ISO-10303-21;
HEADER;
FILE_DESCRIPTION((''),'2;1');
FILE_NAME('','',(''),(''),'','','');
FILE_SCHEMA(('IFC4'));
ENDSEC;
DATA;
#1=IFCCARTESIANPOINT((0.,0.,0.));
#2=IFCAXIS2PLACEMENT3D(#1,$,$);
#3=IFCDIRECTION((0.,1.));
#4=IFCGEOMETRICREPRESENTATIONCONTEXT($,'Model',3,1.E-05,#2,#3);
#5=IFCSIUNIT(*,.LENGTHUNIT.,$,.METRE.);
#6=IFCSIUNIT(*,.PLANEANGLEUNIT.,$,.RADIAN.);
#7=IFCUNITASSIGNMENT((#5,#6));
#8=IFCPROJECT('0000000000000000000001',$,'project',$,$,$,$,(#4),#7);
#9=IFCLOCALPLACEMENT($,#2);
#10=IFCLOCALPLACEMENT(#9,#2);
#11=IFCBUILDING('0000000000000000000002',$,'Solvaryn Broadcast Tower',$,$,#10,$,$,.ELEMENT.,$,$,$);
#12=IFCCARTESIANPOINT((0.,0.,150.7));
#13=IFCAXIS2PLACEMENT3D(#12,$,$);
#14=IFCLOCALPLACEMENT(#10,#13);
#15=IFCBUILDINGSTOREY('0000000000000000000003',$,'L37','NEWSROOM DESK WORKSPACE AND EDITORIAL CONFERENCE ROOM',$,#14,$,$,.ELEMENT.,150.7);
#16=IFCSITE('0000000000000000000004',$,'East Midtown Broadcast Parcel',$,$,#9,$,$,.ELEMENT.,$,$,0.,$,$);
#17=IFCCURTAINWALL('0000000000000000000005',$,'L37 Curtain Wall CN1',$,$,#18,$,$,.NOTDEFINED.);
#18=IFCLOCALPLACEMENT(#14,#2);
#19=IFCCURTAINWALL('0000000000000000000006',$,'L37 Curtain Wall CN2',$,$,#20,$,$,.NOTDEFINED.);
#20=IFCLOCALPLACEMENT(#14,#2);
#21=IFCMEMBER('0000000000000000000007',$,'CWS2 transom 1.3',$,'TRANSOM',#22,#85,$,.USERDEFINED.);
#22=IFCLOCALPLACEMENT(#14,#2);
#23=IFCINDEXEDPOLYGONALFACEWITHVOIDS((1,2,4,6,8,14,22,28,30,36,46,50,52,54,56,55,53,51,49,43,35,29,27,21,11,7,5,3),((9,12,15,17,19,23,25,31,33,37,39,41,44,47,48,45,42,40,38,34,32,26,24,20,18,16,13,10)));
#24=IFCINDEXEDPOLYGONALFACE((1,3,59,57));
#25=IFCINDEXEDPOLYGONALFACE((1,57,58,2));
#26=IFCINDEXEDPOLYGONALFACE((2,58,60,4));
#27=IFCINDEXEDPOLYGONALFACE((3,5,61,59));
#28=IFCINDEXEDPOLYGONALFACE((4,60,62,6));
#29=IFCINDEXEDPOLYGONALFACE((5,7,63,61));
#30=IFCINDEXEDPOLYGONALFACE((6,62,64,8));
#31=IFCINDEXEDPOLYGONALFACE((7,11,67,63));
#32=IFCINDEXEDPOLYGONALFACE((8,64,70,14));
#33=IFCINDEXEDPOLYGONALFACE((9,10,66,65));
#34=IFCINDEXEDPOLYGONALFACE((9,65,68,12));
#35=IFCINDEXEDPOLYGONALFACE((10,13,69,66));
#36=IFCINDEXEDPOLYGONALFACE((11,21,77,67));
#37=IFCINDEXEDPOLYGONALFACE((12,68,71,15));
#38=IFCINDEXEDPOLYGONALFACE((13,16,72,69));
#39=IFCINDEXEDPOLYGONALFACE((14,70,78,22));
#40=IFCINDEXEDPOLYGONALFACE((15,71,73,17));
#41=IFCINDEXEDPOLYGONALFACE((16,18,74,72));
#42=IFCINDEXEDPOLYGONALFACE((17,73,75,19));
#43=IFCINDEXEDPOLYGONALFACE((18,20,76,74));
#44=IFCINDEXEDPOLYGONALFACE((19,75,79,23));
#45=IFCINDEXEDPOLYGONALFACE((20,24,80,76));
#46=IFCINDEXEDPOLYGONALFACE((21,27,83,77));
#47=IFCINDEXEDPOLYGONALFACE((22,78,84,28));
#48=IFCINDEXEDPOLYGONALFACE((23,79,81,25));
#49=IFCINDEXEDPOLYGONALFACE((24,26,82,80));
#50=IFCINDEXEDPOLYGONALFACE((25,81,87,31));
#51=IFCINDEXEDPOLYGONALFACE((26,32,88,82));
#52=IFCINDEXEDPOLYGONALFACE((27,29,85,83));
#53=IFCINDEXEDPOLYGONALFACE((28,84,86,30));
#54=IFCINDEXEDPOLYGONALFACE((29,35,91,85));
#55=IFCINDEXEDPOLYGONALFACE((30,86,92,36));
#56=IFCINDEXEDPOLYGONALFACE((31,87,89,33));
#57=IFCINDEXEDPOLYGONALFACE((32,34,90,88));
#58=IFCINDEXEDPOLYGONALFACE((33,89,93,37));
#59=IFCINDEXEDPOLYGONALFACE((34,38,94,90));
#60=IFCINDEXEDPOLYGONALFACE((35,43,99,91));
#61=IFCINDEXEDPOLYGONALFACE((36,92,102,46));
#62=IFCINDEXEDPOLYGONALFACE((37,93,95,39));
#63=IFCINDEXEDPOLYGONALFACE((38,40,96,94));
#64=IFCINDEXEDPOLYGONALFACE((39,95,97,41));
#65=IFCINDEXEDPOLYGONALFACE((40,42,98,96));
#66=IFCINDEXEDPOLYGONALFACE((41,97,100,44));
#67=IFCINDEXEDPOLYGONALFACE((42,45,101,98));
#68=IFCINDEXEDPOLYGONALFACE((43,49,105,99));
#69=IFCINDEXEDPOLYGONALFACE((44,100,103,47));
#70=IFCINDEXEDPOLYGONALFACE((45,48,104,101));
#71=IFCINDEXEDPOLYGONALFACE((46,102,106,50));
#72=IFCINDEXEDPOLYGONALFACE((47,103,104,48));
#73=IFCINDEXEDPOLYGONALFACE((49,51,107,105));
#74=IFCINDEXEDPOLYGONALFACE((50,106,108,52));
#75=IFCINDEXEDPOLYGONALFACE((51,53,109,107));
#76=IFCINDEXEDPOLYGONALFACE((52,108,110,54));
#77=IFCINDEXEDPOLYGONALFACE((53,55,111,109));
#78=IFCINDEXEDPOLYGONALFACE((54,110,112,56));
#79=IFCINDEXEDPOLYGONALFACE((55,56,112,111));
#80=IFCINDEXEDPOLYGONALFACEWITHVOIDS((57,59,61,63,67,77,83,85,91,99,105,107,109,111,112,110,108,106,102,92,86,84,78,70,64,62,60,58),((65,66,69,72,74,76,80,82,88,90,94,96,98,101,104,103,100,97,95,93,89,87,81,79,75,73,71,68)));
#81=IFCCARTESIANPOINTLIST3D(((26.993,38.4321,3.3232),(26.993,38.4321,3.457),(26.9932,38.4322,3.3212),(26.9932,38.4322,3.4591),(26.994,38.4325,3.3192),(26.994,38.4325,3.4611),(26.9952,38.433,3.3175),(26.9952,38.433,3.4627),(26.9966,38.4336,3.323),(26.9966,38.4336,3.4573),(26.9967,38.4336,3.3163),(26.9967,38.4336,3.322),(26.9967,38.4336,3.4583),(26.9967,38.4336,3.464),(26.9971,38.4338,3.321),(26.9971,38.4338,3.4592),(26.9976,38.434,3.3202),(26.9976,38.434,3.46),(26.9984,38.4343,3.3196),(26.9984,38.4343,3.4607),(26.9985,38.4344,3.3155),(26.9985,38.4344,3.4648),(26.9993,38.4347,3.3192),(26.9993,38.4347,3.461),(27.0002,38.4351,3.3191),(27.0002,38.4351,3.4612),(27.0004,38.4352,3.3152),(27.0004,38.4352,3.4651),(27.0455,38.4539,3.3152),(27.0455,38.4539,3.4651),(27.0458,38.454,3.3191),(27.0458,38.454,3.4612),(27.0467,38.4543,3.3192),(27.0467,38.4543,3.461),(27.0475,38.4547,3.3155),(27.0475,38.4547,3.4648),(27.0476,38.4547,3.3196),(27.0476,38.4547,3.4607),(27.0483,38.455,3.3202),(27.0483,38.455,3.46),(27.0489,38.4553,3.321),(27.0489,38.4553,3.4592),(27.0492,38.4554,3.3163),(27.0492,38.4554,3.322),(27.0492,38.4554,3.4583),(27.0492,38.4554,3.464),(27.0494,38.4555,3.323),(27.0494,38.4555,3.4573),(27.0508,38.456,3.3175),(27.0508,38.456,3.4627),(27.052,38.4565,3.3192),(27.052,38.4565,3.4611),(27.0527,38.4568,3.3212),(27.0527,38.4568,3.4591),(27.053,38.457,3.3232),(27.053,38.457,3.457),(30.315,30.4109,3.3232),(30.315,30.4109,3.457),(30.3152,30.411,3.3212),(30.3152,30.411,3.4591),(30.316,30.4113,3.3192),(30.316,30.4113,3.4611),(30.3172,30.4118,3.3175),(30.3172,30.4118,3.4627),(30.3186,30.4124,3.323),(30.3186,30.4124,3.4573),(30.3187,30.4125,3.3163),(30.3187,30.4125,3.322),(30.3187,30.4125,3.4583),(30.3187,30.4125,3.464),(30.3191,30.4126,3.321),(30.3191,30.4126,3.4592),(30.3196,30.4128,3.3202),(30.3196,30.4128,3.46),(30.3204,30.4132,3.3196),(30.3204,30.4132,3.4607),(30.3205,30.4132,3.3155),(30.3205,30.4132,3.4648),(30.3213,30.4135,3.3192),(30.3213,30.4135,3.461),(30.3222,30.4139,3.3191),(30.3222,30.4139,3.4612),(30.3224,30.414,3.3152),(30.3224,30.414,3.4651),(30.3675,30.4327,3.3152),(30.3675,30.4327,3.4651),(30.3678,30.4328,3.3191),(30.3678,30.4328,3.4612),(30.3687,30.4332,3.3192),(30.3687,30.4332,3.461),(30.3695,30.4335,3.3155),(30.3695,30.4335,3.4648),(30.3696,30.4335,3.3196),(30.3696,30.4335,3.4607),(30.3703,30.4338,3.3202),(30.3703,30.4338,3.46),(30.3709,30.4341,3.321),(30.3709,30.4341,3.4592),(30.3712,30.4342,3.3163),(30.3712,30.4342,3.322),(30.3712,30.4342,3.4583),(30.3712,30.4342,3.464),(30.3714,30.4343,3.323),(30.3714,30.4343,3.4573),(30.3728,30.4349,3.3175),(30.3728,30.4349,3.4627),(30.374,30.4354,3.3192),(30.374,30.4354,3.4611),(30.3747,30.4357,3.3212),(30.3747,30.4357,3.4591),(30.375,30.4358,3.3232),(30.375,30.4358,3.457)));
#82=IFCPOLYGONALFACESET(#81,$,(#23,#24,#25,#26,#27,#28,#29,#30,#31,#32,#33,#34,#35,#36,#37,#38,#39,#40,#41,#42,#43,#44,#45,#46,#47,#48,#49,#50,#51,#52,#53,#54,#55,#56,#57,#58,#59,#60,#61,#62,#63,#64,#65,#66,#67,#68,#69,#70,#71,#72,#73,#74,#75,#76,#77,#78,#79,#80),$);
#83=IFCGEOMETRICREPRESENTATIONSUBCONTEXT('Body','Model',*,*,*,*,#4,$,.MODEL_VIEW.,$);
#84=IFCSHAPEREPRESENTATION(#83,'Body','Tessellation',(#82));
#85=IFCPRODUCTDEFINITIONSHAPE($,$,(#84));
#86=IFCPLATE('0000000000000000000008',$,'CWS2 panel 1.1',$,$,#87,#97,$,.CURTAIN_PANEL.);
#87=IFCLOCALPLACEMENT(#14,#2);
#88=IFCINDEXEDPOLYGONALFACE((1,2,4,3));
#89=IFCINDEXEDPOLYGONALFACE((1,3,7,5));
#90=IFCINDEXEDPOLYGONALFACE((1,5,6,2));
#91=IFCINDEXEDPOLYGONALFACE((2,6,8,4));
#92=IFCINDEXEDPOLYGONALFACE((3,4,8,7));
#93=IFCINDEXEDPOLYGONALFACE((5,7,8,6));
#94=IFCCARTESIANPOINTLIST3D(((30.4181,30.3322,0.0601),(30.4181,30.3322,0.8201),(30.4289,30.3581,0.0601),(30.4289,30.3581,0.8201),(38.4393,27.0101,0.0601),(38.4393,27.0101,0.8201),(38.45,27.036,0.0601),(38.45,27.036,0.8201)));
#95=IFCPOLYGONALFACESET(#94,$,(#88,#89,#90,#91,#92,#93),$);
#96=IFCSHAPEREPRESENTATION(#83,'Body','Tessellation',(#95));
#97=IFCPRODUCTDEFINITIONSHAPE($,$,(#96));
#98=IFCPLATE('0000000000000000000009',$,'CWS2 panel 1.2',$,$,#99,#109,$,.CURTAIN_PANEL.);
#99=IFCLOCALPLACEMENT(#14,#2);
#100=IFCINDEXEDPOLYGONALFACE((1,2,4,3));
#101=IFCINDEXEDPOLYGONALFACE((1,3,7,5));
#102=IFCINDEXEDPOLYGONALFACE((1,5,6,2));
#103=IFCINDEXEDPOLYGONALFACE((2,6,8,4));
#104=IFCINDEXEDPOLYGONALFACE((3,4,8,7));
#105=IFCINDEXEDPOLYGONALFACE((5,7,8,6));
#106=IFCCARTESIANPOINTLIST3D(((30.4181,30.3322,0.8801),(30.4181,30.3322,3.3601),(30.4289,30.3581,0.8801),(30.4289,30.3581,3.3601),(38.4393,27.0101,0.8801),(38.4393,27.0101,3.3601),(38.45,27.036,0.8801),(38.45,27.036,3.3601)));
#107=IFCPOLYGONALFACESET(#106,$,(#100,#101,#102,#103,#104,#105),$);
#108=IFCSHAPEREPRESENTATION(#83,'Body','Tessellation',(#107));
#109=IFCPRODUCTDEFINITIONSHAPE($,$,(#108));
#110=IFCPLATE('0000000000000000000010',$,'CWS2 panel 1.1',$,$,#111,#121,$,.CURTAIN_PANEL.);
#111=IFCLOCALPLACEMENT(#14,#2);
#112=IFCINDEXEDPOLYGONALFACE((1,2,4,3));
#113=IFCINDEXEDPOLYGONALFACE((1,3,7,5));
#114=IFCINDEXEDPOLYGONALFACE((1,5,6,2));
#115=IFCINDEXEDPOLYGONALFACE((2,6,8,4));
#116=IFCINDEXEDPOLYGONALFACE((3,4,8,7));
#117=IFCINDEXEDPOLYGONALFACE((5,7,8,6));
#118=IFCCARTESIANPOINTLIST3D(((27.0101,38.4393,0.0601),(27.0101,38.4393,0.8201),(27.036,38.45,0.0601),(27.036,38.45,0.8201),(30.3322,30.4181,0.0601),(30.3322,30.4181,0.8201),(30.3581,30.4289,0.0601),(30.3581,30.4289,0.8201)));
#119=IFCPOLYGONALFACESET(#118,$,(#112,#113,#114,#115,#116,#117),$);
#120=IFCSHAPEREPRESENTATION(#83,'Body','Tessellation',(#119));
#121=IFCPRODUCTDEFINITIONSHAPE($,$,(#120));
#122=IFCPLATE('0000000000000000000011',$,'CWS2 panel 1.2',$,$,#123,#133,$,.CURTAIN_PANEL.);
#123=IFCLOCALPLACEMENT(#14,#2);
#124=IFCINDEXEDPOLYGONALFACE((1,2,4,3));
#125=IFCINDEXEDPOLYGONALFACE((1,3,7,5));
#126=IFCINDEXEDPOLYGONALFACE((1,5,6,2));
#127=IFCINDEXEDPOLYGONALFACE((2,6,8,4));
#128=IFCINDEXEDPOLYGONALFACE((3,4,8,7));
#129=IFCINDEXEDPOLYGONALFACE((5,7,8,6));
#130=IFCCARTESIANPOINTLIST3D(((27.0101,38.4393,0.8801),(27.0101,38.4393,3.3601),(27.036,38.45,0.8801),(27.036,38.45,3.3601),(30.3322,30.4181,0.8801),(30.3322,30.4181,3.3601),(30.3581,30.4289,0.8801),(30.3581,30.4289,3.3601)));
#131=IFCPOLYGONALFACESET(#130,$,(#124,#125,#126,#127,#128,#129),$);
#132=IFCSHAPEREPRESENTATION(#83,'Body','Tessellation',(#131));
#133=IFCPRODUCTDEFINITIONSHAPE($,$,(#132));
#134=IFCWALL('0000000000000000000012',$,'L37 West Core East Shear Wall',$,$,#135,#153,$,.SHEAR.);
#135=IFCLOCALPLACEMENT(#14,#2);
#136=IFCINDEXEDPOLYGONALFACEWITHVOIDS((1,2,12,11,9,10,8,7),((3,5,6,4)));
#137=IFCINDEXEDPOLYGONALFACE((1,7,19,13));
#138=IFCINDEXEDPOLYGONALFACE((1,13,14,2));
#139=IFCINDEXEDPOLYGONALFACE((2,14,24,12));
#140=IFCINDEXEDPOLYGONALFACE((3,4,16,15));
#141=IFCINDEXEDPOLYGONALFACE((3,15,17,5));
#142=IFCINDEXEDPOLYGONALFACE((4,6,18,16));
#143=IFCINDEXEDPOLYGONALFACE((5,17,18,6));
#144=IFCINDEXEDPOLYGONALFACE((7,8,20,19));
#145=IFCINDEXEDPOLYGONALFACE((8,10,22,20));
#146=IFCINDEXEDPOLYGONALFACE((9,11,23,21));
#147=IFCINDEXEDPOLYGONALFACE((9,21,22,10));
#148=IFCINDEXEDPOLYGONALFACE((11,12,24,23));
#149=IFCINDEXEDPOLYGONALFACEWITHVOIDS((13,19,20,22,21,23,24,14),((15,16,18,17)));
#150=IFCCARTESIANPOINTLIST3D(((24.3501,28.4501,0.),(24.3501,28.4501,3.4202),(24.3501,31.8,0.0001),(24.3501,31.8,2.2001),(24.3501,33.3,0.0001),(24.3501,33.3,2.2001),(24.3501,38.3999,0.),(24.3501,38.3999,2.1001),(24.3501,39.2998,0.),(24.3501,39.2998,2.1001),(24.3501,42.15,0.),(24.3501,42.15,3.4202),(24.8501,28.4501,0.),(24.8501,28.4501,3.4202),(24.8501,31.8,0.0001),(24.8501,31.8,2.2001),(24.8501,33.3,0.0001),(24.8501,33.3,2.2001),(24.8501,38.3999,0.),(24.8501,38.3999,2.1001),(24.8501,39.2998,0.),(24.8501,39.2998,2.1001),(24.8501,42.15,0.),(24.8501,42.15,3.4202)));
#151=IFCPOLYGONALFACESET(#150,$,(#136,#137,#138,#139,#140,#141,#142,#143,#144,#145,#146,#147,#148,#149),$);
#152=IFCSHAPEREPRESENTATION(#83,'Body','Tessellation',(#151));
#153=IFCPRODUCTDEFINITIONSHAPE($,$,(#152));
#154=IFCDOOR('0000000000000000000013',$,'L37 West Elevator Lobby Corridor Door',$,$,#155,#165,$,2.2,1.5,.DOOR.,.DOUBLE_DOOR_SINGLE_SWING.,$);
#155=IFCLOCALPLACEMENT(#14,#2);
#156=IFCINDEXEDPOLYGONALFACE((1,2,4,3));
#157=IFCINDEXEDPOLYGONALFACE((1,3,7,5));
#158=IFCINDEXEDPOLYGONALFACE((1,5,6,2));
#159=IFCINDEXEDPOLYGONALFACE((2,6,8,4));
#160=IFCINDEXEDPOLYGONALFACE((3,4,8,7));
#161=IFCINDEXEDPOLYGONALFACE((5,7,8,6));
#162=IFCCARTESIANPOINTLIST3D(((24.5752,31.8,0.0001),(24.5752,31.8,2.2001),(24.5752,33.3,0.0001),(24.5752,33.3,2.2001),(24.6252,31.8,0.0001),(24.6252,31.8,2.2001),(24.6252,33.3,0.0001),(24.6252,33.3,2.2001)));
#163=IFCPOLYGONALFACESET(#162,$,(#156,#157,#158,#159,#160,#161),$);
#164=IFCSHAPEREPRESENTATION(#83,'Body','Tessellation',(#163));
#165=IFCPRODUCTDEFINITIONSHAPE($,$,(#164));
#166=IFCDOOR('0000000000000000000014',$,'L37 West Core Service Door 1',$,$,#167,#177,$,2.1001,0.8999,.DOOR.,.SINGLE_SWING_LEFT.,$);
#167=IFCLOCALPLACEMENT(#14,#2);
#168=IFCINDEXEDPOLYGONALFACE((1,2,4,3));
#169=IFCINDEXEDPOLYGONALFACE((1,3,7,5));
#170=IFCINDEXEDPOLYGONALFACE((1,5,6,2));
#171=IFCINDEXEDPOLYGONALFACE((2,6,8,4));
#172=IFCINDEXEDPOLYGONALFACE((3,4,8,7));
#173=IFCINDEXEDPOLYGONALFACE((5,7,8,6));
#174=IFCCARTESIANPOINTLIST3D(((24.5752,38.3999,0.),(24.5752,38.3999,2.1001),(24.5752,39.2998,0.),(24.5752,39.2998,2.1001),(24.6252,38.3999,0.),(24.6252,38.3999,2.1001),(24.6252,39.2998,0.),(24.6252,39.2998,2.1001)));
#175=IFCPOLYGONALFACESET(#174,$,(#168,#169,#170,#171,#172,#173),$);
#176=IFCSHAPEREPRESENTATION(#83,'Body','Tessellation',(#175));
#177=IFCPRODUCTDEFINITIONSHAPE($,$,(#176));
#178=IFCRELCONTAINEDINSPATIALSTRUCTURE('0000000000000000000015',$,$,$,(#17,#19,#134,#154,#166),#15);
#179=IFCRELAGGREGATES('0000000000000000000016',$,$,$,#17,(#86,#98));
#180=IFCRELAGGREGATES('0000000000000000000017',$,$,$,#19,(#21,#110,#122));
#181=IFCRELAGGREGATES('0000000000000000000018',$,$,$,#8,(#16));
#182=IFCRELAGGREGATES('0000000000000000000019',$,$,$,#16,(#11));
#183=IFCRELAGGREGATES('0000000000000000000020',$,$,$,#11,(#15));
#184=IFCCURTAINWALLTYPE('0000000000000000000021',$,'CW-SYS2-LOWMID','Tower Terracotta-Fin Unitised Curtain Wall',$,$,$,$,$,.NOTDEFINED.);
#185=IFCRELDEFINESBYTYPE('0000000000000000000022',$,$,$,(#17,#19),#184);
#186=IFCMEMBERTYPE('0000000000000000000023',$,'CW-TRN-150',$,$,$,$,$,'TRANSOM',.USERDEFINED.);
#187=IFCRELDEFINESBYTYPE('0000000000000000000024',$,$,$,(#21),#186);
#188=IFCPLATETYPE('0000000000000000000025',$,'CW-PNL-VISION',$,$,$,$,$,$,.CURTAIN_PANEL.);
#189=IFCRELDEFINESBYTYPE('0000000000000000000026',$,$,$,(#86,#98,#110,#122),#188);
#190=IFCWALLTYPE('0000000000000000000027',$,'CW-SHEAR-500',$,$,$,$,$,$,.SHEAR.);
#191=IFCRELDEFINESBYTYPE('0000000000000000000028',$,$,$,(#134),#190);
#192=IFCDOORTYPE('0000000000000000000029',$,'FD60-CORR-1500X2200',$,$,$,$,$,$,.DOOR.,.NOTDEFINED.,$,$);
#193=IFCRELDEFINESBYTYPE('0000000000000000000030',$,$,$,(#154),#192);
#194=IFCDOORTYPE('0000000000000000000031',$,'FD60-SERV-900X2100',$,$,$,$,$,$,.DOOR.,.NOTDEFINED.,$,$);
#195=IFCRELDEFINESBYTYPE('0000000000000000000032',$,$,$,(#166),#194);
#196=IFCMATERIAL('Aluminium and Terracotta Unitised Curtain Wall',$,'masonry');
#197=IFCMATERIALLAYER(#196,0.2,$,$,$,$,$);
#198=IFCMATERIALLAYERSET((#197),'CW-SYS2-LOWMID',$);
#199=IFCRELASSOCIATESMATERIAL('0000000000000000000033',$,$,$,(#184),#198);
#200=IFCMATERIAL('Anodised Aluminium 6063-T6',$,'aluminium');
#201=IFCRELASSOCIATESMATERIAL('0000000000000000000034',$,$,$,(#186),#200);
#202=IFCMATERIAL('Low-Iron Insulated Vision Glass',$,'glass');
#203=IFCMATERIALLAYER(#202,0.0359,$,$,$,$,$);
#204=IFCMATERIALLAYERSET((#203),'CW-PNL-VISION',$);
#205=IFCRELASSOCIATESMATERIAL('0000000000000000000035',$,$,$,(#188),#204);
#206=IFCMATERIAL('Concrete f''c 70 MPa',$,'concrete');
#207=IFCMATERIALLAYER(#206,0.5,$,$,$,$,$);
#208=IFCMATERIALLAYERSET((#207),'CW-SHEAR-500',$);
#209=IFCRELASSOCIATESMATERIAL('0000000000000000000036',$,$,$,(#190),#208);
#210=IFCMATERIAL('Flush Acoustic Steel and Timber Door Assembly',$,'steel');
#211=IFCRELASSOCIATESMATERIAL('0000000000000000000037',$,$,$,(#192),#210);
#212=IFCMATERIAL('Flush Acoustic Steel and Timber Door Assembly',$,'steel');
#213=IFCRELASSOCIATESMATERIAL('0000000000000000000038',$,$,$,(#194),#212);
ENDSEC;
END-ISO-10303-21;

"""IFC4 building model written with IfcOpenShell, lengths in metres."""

from ifc_helpers import new_model, si_unit, direction, frame, frame_2d, origin, origin_2d, place, context, subcontext, project, spatial, rectangle, hollow_rectangle, extrude, material, layer, layer_set, material_profile, profile_set, type_object, element, fill, aggregate, save


model = new_model("IFC4")

# Units and contexts
model_context = context("Model", 3, precision=1e-05, world=origin(), true_north=direction((0.0, 1.0)))
body_context = subcontext(model_context, "Body", "Model", "MODEL_VIEW")
ifc_project = project(units=[si_unit("LENGTHUNIT", "METRE"), si_unit("PLANEANGLEUNIT", "RADIAN")], contexts=[model_context])

# Site, building, storey
site_placement = place(None, origin())
site = spatial("IfcSite", under=ifc_project, at=site_placement, Name="East Midtown Broadcast Parcel", CompositionType="ELEMENT", RefElevation=0.0)
building_placement = place(site_placement, origin())
building = spatial("IfcBuilding", under=site, at=building_placement, Name="Solvaryn Broadcast Tower", CompositionType="ELEMENT")
storey_placement = place(building_placement, frame((0.0, 0.0, 150.7)))
storey = spatial("IfcBuildingStorey", under=building, at=storey_placement, Name="L37", Description="NEWSROOM DESK WORKSPACE AND EDITORIAL CONFERENCE ROOM", CompositionType="ELEMENT", Elevation=150.7)

# Curtain wall
ifc_material_1 = material(Name="Aluminium and Terracotta Unitised Curtain Wall", Category="masonry")
ifc_layer_1 = layer(ifc_material_1, 0.2)
ifc_layer_set_1 = layer_set([ifc_layer_1], Name="CW-SYS2-LOWMID")
curtain_wall_type = type_object("IfcCurtainWallType", Name="CW-SYS2-LOWMID", Description="Tower Terracotta-Fin Unitised Curtain Wall", PredefinedType="NOTDEFINED", material=ifc_layer_set_1)
curtain_wall_1_placement = place(storey_placement, origin())
curtain_wall_1 = element("IfcCurtainWall", 1, at=curtain_wall_1_placement, inside=storey, type_object=curtain_wall_type, Name="L37 Curtain Wall CN1", PredefinedType="NOTDEFINED")

# Curtain wall, member
curtain_wall_2_placement = place(storey_placement, origin())
curtain_wall_2 = element("IfcCurtainWall", 2, at=curtain_wall_2_placement, inside=storey, type_object=curtain_wall_type, Name="L37 Curtain Wall CN2", PredefinedType="NOTDEFINED")
ifc_material_2 = material(Name="Anodised Aluminium 6063-T6", Category="aluminium")
ifc_material_profile_1 = material_profile(ifc_material_2, hollow_rectangle(XDim=0.0649, YDim=0.1499, WallThickness=0.0039, InnerFilletRadius=0.0039, OuterFilletRadius=0.0081, at=origin_2d()))
ifc_profile_set_1 = profile_set([ifc_material_profile_1], Name="Anodised Aluminium 6063-T6")
member_type_1 = type_object("IfcMemberType", Name="CW-TRN-150", ElementType="TRANSOM", PredefinedType="USERDEFINED", material=ifc_profile_set_1)
member_1_placement = place(storey_placement, frame((30.345, 30.4233, 3.3901), z_axis=(-0.382636, 0.923899, 0.0), x_axis=(-0.923899, -0.382636, 0.0)))
member_1 = element("IfcMember", 3, at=member_1_placement, type_object=member_type_1, Name="CWS2 transom 1.3", ObjectType="TRANSOM", PredefinedType="USERDEFINED", context=body_context, shape_type="SweptSolid", body=[
    extrude(hollow_rectangle(XDim=0.0649, YDim=0.1499, WallThickness=0.0039, InnerFilletRadius=0.0039, OuterFilletRadius=0.0081, at=origin_2d()), origin(), (0.0, 0.0, 1.0), 8.6819),
])

# Plates
ifc_material_3 = material(Name="Low-Iron Insulated Vision Glass", Category="glass")
ifc_layer_2 = layer(ifc_material_3, 0.0359)
ifc_layer_set_2 = layer_set([ifc_layer_2], Name="CW-PNL-VISION")
plate_type = type_object("IfcPlateType", Name="CW-PNL-VISION", PredefinedType="CURTAIN_PANEL", material=ifc_layer_set_2)
plate_1_placement = place(storey_placement, frame((34.4341, 28.6841, 0.0601), z_axis=(0.0, 0.0, 1.0), x_axis=(-0.923895, 0.382646, 0.0)))
plate_1 = element("IfcPlate", 4, at=plate_1_placement, type_object=plate_type, Name="CWS2 panel 1.1", PredefinedType="CURTAIN_PANEL", context=body_context, shape_type="SweptSolid", body=[
    extrude(rectangle(XDim=8.6819, YDim=0.0281, at=origin_2d()), origin(), (0.0, 0.0, 1.0), 0.76),
])
plate_2_placement = place(storey_placement, frame((34.4341, 28.6841, 0.8801), z_axis=(0.0, 0.0, 1.0), x_axis=(-0.923895, 0.382646, 0.0)))
plate_2 = element("IfcPlate", 5, at=plate_2_placement, type_object=plate_type, Name="CWS2 panel 1.2", PredefinedType="CURTAIN_PANEL", context=body_context, shape_type="SweptSolid", body=[
    extrude(rectangle(XDim=8.6819, YDim=0.0281, at=origin_2d()), origin(), (0.0, 0.0, 1.0), 2.48),
])
aggregate(curtain_wall_1, [plate_1, plate_2])
plate_3_placement = place(storey_placement, frame((28.6841, 34.4341, 0.0601), z_axis=(0.0, 0.0, 1.0), x_axis=(-0.382646, 0.923895, 0.0)))
plate_3 = element("IfcPlate", 6, at=plate_3_placement, type_object=plate_type, Name="CWS2 panel 1.1", PredefinedType="CURTAIN_PANEL", context=body_context, shape_type="SweptSolid", body=[
    extrude(rectangle(XDim=8.6819, YDim=0.0281, at=origin_2d()), origin(), (0.0, 0.0, 1.0), 0.76),
])
plate_4_placement = place(storey_placement, frame((28.6841, 34.4341, 0.8801), z_axis=(0.0, 0.0, 1.0), x_axis=(-0.382646, 0.923895, 0.0)))
plate_4 = element("IfcPlate", 7, at=plate_4_placement, type_object=plate_type, Name="CWS2 panel 1.2", PredefinedType="CURTAIN_PANEL", context=body_context, shape_type="SweptSolid", body=[
    extrude(rectangle(XDim=8.6819, YDim=0.0281, at=origin_2d()), origin(), (0.0, 0.0, 1.0), 2.48),
])
aggregate(curtain_wall_2, [member_1, plate_3, plate_4])

# Wall, openings, doors
ifc_material_4 = material(Name="Concrete f'c 70 MPa", Category="concrete")
ifc_layer_3 = layer(ifc_material_4, 0.5)
ifc_layer_set_3 = layer_set([ifc_layer_3], Name="CW-SHEAR-500")
wall_type_1 = type_object("IfcWallType", Name="CW-SHEAR-500", PredefinedType="SHEAR", material=ifc_layer_set_3)
wall_1_placement = place(storey_placement, frame((24.6001, 28.45, 0.0), z_axis=(0.0, 0.0, 1.0), x_axis=(0.0, 1.0, 0.0)))
wall_1 = element("IfcWall", 8, at=wall_1_placement, inside=storey, type_object=wall_type_1, Name="L37 West Core East Shear Wall", PredefinedType="SHEAR", context=body_context, shape_type="SweptSolid", body=[
    extrude(rectangle(XDim=13.7, YDim=0.5, at=frame_2d((6.8501, 0.0))), origin(), (0.0, 0.0, 1.0), 3.4202),
])
opening_1_placement = place(wall_1_placement, frame((3.3501, 0.0, 0.0)))
opening_1 = element("IfcOpeningElement", 9, at=opening_1_placement, cuts=wall_1, PredefinedType="OPENING", context=body_context, shape_type="SweptSolid", body=[
    extrude(rectangle(XDim=1.5, YDim=2.2, at=frame_2d((0.75, 1.1001))), frame((0.0, 0.26, 0.0), z_axis=(0.0, -1.0, 0.0), x_axis=(1.0, 0.0, 0.0)), (0.0, 0.0, 1.0), 0.52),
])
opening_2_placement = place(wall_1_placement, frame((9.95, 0.0, 0.0)))
opening_2 = element("IfcOpeningElement", 10, at=opening_2_placement, cuts=wall_1, PredefinedType="OPENING", context=body_context, shape_type="SweptSolid", body=[
    extrude(rectangle(XDim=0.8999, YDim=2.1001, at=frame_2d((0.45, 1.05))), frame((0.0, 0.26, 0.0), z_axis=(0.0, -1.0, 0.0), x_axis=(1.0, 0.0, 0.0)), (0.0, 0.0, 1.0), 0.52),
])
ifc_material_5 = material(Name="Flush Acoustic Steel and Timber Door Assembly", Category="steel")
door_type_1 = type_object("IfcDoorType", Name="FD60-CORR-1500X2200", OperationType="NOTDEFINED", PredefinedType="DOOR", material=ifc_material_5)
door_1_placement = place(opening_1_placement, origin())
door_1 = element("IfcDoor", 11, at=door_1_placement, inside=storey, type_object=door_type_1, Name="L37 West Elevator Lobby Corridor Door", OperationType="DOUBLE_DOOR_SINGLE_SWING", OverallHeight=2.2, OverallWidth=1.5, PredefinedType="DOOR", context=body_context, shape_type="SweptSolid", body=[
    extrude(rectangle(XDim=1.5, YDim=2.2, at=frame_2d((0.75, 1.1001))), frame((0.0, 0.0249, 0.0), z_axis=(0.0, -1.0, 0.0), x_axis=(1.0, 0.0, 0.0)), (0.0, 0.0, 1.0), 0.05),
])
fill(opening_1, door_1)
ifc_material_6 = material(Name="Flush Acoustic Steel and Timber Door Assembly", Category="steel")
door_type_2 = type_object("IfcDoorType", Name="FD60-SERV-900X2100", OperationType="NOTDEFINED", PredefinedType="DOOR", material=ifc_material_6)
door_2_placement = place(opening_2_placement, origin())
door_2 = element("IfcDoor", 12, at=door_2_placement, inside=storey, type_object=door_type_2, Name="L37 West Core Service Door 1", OperationType="SINGLE_SWING_LEFT", OverallHeight=2.1001, OverallWidth=0.8999, PredefinedType="DOOR", context=body_context, shape_type="SweptSolid", body=[
    extrude(rectangle(XDim=0.8999, YDim=2.1001, at=frame_2d((0.45, 1.05))), frame((0.0, 0.0249, 0.0), z_axis=(0.0, -1.0, 0.0), x_axis=(1.0, 0.0, 0.0)), (0.0, 0.0, 1.0), 0.05),
])
fill(opening_2, door_2)

save(model, "model.ifc")
